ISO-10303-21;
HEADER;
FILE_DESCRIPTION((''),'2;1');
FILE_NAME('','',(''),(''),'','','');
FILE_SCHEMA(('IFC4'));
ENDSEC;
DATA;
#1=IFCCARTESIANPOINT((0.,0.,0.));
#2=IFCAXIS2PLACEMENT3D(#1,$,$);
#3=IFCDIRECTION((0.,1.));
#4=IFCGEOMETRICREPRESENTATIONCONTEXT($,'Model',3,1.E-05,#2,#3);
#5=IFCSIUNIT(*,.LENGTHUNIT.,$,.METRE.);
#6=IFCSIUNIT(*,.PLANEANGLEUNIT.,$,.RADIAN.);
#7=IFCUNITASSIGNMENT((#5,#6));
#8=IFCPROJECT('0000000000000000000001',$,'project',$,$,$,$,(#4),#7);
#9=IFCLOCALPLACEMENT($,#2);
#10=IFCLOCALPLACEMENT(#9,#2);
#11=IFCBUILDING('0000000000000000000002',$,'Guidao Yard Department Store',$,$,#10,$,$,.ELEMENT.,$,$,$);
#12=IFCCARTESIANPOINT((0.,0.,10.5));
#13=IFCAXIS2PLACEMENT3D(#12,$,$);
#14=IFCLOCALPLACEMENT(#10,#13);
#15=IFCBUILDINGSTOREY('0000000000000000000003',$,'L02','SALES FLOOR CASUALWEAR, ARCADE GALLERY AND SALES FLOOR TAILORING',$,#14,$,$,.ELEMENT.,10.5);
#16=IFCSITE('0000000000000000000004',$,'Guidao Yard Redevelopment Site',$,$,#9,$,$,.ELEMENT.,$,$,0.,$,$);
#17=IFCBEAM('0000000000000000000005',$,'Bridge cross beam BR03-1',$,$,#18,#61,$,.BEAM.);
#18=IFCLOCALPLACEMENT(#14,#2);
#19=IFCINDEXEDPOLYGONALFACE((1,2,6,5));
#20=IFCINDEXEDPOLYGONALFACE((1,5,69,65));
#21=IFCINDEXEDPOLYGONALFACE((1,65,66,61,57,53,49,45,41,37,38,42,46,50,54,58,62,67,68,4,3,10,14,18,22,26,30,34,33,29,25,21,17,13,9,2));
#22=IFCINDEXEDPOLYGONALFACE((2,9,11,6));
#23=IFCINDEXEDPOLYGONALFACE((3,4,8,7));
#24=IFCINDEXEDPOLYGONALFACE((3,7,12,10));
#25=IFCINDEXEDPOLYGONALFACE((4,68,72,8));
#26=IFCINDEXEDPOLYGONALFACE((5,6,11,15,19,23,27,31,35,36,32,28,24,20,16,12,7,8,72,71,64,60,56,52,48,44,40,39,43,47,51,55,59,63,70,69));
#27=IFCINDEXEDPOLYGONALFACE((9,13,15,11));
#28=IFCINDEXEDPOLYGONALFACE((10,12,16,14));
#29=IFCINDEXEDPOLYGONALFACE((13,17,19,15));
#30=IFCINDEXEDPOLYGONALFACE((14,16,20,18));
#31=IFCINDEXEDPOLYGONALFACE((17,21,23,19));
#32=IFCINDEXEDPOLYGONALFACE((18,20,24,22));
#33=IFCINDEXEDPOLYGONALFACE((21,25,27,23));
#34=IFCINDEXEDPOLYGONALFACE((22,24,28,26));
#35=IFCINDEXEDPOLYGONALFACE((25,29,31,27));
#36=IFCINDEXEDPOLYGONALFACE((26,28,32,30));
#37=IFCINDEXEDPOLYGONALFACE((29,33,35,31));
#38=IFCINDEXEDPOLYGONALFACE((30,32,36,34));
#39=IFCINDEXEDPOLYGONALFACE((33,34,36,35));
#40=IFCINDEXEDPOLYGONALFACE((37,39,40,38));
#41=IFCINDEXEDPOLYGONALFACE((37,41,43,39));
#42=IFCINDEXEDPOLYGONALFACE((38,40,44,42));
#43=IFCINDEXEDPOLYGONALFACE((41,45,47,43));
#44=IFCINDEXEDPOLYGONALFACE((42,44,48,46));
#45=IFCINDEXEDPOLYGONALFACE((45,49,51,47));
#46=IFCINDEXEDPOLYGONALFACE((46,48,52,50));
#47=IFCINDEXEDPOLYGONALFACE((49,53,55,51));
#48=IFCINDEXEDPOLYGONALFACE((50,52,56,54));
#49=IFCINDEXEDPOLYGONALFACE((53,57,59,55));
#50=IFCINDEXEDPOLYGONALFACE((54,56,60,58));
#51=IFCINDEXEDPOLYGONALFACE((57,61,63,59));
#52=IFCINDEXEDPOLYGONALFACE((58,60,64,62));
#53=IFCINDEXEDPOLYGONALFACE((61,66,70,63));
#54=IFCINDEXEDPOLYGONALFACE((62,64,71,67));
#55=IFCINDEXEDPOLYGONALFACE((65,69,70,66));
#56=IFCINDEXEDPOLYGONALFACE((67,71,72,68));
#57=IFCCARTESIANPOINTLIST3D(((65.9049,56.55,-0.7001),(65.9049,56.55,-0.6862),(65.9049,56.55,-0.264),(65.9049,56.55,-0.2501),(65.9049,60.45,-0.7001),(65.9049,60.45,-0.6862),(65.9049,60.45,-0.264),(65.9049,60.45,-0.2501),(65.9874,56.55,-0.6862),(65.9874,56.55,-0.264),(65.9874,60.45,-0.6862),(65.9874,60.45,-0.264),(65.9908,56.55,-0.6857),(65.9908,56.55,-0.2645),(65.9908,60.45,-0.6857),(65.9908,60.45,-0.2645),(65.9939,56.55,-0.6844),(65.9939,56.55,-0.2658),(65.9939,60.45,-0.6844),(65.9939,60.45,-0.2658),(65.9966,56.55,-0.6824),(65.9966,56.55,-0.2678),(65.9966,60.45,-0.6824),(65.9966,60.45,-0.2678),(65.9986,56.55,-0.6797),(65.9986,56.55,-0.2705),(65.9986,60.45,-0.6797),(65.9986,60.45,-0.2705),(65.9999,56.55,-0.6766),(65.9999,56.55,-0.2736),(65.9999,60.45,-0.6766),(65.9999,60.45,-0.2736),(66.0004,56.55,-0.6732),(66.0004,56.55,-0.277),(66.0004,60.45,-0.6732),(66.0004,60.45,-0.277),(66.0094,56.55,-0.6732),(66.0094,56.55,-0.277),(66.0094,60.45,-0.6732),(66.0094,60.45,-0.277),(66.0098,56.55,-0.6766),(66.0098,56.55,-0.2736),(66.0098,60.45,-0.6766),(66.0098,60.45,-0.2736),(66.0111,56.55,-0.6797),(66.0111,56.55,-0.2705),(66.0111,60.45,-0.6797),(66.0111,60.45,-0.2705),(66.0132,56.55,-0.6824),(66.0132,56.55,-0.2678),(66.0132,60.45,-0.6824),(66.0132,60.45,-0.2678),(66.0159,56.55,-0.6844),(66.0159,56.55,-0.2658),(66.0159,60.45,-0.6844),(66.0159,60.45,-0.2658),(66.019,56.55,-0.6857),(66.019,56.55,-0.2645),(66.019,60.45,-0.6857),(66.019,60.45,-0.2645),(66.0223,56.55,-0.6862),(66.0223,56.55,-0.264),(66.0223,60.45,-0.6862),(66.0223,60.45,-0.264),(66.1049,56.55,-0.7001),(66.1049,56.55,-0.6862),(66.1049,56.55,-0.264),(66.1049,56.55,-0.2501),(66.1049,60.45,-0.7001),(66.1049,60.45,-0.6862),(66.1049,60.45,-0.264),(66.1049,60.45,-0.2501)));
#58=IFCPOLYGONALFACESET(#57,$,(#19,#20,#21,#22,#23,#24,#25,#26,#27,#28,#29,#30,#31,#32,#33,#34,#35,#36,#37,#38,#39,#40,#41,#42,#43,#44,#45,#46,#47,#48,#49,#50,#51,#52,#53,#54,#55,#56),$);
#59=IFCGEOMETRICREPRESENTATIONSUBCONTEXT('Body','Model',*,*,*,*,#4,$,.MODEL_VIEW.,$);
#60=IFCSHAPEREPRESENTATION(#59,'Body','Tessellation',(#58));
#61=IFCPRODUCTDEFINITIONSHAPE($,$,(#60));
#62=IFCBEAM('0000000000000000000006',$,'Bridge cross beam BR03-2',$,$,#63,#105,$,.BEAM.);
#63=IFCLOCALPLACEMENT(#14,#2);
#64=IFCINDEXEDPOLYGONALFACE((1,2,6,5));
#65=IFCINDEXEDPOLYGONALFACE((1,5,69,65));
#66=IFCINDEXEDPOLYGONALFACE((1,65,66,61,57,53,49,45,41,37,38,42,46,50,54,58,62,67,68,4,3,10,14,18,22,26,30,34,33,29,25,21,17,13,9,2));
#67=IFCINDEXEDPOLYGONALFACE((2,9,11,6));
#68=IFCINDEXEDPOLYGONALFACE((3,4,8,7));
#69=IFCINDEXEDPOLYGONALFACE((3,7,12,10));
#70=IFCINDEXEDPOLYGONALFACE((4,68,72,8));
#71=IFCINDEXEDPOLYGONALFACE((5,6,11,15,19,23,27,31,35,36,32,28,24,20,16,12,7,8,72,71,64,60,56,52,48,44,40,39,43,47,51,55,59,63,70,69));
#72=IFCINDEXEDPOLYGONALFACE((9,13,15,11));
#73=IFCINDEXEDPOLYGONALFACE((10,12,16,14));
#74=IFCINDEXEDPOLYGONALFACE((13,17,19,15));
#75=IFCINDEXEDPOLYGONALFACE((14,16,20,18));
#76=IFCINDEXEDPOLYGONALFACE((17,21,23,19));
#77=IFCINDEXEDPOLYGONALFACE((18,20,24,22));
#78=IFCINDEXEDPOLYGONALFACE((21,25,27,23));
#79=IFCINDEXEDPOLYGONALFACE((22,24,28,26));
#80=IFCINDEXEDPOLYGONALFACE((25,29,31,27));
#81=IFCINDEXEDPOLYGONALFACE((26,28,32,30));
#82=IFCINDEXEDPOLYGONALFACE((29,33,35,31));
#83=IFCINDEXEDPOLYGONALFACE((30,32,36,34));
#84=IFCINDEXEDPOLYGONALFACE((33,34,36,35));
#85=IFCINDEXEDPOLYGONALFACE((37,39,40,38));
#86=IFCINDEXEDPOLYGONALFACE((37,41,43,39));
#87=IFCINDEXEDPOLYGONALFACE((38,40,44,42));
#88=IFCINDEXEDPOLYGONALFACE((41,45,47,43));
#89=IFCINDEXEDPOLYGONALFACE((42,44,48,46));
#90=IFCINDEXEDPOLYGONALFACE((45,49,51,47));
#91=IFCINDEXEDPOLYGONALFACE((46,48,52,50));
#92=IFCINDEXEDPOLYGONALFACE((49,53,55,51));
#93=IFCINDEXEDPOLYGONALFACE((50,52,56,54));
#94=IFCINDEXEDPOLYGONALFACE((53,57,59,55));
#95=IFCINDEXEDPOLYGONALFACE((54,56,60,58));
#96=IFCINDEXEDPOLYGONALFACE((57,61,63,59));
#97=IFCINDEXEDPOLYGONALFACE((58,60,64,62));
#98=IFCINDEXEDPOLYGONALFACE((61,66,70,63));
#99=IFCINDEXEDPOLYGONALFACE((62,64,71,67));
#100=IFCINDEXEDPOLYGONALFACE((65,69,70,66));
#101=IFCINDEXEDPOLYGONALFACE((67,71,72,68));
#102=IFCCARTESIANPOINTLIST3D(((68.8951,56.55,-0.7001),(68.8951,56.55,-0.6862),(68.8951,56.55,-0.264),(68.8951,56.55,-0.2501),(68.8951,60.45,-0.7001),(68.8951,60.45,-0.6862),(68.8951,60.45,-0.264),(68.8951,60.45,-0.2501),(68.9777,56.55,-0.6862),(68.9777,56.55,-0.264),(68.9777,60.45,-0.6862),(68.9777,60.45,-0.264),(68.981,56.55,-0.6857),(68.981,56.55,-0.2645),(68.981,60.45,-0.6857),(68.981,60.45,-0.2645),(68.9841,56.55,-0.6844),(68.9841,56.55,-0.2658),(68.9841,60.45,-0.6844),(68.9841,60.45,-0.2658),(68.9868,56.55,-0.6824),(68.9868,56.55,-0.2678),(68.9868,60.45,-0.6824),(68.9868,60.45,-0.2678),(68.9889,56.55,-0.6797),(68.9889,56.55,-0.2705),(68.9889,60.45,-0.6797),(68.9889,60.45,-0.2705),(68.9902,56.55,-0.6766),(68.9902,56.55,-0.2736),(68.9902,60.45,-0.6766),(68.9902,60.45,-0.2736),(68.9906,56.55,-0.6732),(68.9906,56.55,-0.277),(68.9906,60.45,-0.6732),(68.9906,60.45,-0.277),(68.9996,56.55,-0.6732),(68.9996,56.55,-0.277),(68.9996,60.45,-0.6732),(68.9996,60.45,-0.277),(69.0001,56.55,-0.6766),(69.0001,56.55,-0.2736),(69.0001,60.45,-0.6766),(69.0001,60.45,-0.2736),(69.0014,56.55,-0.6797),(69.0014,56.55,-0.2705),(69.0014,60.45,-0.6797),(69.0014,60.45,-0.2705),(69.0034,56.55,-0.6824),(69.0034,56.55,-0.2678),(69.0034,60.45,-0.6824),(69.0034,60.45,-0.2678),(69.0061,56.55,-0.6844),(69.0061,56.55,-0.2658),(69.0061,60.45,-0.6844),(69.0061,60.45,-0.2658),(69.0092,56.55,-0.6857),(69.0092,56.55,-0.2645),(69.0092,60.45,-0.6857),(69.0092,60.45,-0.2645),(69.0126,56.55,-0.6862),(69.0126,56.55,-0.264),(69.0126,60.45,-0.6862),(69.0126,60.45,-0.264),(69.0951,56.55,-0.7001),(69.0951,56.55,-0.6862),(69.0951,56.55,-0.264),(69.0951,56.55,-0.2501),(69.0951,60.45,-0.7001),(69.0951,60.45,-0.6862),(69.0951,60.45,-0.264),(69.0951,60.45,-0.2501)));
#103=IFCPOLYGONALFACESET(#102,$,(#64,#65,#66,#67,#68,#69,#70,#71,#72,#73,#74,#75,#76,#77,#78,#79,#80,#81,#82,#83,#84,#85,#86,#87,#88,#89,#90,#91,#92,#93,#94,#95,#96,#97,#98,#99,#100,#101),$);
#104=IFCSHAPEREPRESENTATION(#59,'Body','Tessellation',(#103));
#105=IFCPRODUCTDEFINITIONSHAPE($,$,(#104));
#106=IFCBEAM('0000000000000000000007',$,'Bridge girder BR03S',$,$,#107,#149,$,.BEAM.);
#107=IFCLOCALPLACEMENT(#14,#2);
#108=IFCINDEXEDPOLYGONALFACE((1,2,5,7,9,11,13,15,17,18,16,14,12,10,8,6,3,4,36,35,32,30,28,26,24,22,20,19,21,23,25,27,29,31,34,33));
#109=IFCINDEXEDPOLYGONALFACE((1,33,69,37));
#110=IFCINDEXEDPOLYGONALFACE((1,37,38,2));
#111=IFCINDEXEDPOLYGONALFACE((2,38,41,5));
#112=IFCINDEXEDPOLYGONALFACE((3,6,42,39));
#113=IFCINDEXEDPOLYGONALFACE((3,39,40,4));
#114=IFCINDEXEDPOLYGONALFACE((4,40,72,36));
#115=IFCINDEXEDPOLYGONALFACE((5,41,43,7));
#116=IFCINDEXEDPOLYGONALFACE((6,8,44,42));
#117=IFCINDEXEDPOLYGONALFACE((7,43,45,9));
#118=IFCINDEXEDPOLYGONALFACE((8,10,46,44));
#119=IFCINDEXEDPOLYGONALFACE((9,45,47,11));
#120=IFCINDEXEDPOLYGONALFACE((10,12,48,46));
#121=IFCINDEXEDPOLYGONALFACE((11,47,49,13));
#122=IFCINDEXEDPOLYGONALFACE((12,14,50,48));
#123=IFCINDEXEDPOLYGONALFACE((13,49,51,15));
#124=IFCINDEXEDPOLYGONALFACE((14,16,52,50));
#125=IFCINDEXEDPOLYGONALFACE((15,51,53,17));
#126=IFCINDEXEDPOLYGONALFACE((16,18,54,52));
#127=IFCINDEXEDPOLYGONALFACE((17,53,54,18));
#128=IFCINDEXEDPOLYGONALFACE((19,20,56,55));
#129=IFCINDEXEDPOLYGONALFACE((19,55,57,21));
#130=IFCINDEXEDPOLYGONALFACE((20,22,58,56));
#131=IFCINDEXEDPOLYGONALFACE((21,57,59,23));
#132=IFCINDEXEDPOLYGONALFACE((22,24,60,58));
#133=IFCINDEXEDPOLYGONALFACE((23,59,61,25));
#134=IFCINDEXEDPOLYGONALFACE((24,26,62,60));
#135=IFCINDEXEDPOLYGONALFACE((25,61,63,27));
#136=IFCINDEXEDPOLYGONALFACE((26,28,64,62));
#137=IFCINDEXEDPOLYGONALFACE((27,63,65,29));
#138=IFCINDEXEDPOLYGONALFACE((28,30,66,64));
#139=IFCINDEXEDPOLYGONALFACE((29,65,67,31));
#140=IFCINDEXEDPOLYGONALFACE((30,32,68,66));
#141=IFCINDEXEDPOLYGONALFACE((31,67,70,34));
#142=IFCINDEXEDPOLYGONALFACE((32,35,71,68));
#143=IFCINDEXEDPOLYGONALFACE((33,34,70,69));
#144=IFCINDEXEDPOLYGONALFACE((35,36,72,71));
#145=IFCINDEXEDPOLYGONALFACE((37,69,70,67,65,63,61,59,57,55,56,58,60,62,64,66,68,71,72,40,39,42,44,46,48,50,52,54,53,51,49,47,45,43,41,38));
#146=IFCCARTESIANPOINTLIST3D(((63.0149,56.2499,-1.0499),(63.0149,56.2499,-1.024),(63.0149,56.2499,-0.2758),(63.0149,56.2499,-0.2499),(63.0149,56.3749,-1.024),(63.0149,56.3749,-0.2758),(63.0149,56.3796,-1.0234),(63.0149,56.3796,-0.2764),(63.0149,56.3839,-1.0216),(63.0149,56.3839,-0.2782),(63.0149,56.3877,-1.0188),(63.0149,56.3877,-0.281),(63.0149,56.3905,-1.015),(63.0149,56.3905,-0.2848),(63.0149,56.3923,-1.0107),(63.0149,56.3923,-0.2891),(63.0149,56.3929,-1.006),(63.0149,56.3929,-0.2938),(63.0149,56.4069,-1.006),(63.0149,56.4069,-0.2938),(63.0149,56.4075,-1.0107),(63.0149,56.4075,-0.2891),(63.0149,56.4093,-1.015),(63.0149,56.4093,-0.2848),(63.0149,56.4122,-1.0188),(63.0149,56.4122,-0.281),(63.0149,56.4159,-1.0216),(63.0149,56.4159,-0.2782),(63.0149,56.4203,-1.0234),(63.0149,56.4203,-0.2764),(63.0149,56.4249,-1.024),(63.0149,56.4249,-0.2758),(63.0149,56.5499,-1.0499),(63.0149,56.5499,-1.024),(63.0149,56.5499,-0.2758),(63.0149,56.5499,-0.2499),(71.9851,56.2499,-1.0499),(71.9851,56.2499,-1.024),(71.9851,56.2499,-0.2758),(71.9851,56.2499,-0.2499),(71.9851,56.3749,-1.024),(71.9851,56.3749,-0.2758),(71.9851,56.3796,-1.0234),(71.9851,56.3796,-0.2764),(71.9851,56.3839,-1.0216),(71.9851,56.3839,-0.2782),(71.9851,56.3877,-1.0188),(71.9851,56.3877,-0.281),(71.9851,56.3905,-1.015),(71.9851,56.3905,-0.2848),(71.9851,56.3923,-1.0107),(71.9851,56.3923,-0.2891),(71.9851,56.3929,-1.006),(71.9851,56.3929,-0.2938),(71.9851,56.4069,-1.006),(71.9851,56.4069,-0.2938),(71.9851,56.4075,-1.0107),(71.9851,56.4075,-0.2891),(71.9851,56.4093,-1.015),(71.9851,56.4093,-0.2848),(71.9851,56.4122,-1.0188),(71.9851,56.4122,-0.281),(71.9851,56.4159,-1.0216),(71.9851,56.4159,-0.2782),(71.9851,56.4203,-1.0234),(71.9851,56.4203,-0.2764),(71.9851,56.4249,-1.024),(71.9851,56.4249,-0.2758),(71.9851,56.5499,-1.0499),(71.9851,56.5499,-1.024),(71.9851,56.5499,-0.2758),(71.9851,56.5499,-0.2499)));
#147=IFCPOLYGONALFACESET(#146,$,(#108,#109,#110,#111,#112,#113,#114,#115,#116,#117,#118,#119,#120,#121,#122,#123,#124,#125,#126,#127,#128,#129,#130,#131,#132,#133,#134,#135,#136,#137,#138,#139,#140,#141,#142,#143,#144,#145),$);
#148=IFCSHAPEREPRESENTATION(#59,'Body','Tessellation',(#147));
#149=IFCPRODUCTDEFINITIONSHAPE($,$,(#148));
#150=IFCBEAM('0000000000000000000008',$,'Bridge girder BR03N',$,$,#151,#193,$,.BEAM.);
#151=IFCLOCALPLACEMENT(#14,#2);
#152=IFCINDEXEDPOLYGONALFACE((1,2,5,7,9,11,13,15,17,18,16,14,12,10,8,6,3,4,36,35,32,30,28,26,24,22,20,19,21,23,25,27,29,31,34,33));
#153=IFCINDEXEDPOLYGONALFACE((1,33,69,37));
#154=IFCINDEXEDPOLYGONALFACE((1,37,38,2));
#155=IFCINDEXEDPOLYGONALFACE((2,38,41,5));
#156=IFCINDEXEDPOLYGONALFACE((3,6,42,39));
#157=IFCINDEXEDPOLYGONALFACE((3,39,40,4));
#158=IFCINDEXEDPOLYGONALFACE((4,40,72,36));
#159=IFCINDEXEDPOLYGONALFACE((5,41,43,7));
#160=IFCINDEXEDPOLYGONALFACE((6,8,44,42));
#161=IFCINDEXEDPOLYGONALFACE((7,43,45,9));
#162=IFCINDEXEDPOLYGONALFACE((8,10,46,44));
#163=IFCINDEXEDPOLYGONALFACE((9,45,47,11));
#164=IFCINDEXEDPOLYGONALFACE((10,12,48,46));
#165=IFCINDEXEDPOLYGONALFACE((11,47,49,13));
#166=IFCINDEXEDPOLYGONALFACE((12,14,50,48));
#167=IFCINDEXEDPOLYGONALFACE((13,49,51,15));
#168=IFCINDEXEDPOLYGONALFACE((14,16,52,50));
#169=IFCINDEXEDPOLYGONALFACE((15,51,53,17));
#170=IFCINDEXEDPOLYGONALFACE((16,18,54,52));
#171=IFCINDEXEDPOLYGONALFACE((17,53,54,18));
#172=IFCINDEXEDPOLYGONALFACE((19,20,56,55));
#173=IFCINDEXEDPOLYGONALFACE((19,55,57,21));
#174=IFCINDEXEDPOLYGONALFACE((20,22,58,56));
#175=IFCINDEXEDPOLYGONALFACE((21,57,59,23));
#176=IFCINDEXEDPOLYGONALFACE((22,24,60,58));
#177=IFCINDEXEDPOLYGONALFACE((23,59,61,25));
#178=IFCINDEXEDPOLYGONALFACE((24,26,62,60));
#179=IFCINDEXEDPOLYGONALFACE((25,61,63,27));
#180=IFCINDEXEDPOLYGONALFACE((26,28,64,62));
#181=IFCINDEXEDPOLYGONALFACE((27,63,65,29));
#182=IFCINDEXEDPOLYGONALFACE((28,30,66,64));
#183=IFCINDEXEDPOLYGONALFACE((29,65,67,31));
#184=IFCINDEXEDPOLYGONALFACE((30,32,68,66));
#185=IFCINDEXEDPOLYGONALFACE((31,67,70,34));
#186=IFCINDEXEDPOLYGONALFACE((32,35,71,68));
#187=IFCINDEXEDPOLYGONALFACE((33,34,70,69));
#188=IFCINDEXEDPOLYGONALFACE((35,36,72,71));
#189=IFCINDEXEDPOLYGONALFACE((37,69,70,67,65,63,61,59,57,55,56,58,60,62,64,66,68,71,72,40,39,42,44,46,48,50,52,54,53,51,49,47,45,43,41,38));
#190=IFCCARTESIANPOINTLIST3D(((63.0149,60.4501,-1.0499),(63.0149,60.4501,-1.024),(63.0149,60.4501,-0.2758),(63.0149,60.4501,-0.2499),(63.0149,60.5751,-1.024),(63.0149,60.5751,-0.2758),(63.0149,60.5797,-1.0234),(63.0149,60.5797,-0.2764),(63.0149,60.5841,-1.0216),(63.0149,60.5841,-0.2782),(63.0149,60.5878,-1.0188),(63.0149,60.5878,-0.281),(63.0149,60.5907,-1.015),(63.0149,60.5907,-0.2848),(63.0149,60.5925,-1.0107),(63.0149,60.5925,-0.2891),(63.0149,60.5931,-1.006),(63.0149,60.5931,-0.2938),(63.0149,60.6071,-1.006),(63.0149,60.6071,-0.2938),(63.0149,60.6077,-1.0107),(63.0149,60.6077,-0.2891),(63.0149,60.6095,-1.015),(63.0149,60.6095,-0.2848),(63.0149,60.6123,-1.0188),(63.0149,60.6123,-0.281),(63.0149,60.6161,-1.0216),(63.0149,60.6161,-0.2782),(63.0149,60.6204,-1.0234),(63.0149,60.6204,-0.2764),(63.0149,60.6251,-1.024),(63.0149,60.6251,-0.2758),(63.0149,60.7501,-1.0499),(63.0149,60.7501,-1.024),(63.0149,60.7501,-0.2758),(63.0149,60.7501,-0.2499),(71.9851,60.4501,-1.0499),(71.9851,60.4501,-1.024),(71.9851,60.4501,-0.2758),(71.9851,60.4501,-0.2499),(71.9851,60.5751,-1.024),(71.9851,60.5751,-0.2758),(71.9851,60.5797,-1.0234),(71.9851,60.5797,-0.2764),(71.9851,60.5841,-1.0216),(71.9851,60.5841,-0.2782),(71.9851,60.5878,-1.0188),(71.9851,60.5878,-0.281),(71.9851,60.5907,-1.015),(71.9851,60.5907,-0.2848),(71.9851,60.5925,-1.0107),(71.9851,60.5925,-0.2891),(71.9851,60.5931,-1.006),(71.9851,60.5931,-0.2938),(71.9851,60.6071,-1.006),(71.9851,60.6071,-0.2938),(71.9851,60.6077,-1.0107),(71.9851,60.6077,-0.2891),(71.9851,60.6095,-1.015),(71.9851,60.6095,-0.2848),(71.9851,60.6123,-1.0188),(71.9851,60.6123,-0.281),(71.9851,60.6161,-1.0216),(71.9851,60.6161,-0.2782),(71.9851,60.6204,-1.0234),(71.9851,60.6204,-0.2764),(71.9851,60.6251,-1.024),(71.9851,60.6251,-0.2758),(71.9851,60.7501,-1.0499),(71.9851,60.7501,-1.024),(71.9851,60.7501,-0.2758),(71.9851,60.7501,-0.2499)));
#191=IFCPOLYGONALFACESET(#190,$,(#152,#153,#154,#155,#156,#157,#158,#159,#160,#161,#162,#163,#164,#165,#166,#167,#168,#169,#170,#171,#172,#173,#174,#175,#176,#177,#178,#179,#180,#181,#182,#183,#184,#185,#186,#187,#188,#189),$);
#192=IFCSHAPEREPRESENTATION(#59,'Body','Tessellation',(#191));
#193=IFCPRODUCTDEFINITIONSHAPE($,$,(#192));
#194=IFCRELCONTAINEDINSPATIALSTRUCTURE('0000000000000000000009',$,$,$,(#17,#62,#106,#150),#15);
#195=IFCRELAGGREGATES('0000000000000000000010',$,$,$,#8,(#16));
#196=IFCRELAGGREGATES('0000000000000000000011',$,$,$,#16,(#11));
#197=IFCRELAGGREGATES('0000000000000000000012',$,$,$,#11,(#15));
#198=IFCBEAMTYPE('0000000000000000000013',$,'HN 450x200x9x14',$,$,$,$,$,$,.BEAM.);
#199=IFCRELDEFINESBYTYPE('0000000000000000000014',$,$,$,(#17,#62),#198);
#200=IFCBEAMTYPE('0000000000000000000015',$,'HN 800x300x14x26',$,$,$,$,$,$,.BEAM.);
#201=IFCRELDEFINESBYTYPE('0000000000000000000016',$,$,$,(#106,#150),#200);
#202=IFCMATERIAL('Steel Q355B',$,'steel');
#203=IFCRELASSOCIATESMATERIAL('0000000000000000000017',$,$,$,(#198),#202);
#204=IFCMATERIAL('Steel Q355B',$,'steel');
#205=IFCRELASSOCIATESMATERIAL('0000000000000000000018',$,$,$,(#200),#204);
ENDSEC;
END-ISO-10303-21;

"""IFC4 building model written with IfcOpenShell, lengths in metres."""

from ifc_helpers import new_model, si_unit, direction, frame, origin, origin_2d, place, context, subcontext, project, spatial, i_section, extrude, material, material_profile, profile_set, type_object, element, save


model = new_model("IFC4")

# Units and contexts
model_context = context("Model", 3, precision=1e-05, world=origin(), true_north=direction((0.0, 1.0)))
body_context = subcontext(model_context, "Body", "Model", "MODEL_VIEW")
ifc_project = project(units=[si_unit("LENGTHUNIT", "METRE"), si_unit("PLANEANGLEUNIT", "RADIAN")], contexts=[model_context])

# Site, building, storey
site_placement = place(None, origin())
site = spatial("IfcSite", under=ifc_project, at=site_placement, Name="Guidao Yard Redevelopment Site", CompositionType="ELEMENT", RefElevation=0.0)
building_placement = place(site_placement, origin())
building = spatial("IfcBuilding", under=site, at=building_placement, Name="Guidao Yard Department Store", CompositionType="ELEMENT")
storey_placement = place(building_placement, frame((0.0, 0.0, 10.5)))
storey = spatial("IfcBuildingStorey", under=building, at=storey_placement, Name="L02", Description="SALES FLOOR CASUALWEAR, ARCADE GALLERY AND SALES FLOOR TAILORING", CompositionType="ELEMENT", Elevation=10.5)

# Beams
ifc_material_1 = material(Name="Steel Q355B", Category="steel")
ifc_material_profile_1 = material_profile(ifc_material_1, i_section(OverallWidth=0.2, OverallDepth=0.45, WebThickness=0.009, FlangeThickness=0.0139, FilletRadius=0.0129, at=origin_2d()), Name="HN 450x200x9x14")
ifc_profile_set_1 = profile_set([ifc_material_profile_1], Name="Steel Q355B")
beam_type_1 = type_object("IfcBeamType", Name="HN 450x200x9x14", PredefinedType="BEAM", material=ifc_profile_set_1)
for number, where, z_axis, x_axis, name in (
    (1, (66.0049, 56.55, -0.4751), (0.0, 1.0, 0.0), (-1.0, 0.0, 0.0), "Bridge cross beam BR03-1"),
    (2, (68.9951, 56.55, -0.4751), (0.0, 1.0, 0.0), (-1.0, 0.0, 0.0), "Bridge cross beam BR03-2"),
):
    element("IfcBeam", number, at=place(storey_placement, frame(where, z_axis=z_axis, x_axis=x_axis)), inside=storey, type_object=beam_type_1, Name=name, PredefinedType="BEAM", context=body_context, shape_type="SweptSolid", body=[
        extrude(i_section(OverallWidth=0.2, OverallDepth=0.45, WebThickness=0.009, FlangeThickness=0.0139, FilletRadius=0.0129, at=origin_2d()), origin(), (0.0, 0.0, 1.0), 3.8999),
    ])
ifc_material_2 = material(Name="Steel Q355B", Category="steel")
ifc_material_profile_2 = material_profile(ifc_material_2, i_section(OverallWidth=0.3, OverallDepth=0.8, WebThickness=0.0139, FlangeThickness=0.0259, FilletRadius=0.0181, at=origin_2d()), Name="HN 800x300x14x26")
ifc_profile_set_2 = profile_set([ifc_material_profile_2], Name="Steel Q355B")
beam_type_2 = type_object("IfcBeamType", Name="HN 800x300x14x26", PredefinedType="BEAM", material=ifc_profile_set_2)
for number, where, z_axis, x_axis, name in (
    (3, (63.0149, 56.3999, -0.6499), (1.0, 0.0, 0.0), (0.0, 1.0, 0.0), "Bridge girder BR03S"),
    (4, (63.0149, 60.6001, -0.6499), (1.0, 0.0, 0.0), (0.0, 1.0, 0.0), "Bridge girder BR03N"),
):
    element("IfcBeam", number, at=place(storey_placement, frame(where, z_axis=z_axis, x_axis=x_axis)), inside=storey, type_object=beam_type_2, Name=name, PredefinedType="BEAM", context=body_context, shape_type="SweptSolid", body=[
        extrude(i_section(OverallWidth=0.3, OverallDepth=0.8, WebThickness=0.0139, FlangeThickness=0.0259, FilletRadius=0.0181, at=origin_2d()), origin(), (0.0, 0.0, 1.0), 8.9702),
    ])

save(model, "model.ifc")
